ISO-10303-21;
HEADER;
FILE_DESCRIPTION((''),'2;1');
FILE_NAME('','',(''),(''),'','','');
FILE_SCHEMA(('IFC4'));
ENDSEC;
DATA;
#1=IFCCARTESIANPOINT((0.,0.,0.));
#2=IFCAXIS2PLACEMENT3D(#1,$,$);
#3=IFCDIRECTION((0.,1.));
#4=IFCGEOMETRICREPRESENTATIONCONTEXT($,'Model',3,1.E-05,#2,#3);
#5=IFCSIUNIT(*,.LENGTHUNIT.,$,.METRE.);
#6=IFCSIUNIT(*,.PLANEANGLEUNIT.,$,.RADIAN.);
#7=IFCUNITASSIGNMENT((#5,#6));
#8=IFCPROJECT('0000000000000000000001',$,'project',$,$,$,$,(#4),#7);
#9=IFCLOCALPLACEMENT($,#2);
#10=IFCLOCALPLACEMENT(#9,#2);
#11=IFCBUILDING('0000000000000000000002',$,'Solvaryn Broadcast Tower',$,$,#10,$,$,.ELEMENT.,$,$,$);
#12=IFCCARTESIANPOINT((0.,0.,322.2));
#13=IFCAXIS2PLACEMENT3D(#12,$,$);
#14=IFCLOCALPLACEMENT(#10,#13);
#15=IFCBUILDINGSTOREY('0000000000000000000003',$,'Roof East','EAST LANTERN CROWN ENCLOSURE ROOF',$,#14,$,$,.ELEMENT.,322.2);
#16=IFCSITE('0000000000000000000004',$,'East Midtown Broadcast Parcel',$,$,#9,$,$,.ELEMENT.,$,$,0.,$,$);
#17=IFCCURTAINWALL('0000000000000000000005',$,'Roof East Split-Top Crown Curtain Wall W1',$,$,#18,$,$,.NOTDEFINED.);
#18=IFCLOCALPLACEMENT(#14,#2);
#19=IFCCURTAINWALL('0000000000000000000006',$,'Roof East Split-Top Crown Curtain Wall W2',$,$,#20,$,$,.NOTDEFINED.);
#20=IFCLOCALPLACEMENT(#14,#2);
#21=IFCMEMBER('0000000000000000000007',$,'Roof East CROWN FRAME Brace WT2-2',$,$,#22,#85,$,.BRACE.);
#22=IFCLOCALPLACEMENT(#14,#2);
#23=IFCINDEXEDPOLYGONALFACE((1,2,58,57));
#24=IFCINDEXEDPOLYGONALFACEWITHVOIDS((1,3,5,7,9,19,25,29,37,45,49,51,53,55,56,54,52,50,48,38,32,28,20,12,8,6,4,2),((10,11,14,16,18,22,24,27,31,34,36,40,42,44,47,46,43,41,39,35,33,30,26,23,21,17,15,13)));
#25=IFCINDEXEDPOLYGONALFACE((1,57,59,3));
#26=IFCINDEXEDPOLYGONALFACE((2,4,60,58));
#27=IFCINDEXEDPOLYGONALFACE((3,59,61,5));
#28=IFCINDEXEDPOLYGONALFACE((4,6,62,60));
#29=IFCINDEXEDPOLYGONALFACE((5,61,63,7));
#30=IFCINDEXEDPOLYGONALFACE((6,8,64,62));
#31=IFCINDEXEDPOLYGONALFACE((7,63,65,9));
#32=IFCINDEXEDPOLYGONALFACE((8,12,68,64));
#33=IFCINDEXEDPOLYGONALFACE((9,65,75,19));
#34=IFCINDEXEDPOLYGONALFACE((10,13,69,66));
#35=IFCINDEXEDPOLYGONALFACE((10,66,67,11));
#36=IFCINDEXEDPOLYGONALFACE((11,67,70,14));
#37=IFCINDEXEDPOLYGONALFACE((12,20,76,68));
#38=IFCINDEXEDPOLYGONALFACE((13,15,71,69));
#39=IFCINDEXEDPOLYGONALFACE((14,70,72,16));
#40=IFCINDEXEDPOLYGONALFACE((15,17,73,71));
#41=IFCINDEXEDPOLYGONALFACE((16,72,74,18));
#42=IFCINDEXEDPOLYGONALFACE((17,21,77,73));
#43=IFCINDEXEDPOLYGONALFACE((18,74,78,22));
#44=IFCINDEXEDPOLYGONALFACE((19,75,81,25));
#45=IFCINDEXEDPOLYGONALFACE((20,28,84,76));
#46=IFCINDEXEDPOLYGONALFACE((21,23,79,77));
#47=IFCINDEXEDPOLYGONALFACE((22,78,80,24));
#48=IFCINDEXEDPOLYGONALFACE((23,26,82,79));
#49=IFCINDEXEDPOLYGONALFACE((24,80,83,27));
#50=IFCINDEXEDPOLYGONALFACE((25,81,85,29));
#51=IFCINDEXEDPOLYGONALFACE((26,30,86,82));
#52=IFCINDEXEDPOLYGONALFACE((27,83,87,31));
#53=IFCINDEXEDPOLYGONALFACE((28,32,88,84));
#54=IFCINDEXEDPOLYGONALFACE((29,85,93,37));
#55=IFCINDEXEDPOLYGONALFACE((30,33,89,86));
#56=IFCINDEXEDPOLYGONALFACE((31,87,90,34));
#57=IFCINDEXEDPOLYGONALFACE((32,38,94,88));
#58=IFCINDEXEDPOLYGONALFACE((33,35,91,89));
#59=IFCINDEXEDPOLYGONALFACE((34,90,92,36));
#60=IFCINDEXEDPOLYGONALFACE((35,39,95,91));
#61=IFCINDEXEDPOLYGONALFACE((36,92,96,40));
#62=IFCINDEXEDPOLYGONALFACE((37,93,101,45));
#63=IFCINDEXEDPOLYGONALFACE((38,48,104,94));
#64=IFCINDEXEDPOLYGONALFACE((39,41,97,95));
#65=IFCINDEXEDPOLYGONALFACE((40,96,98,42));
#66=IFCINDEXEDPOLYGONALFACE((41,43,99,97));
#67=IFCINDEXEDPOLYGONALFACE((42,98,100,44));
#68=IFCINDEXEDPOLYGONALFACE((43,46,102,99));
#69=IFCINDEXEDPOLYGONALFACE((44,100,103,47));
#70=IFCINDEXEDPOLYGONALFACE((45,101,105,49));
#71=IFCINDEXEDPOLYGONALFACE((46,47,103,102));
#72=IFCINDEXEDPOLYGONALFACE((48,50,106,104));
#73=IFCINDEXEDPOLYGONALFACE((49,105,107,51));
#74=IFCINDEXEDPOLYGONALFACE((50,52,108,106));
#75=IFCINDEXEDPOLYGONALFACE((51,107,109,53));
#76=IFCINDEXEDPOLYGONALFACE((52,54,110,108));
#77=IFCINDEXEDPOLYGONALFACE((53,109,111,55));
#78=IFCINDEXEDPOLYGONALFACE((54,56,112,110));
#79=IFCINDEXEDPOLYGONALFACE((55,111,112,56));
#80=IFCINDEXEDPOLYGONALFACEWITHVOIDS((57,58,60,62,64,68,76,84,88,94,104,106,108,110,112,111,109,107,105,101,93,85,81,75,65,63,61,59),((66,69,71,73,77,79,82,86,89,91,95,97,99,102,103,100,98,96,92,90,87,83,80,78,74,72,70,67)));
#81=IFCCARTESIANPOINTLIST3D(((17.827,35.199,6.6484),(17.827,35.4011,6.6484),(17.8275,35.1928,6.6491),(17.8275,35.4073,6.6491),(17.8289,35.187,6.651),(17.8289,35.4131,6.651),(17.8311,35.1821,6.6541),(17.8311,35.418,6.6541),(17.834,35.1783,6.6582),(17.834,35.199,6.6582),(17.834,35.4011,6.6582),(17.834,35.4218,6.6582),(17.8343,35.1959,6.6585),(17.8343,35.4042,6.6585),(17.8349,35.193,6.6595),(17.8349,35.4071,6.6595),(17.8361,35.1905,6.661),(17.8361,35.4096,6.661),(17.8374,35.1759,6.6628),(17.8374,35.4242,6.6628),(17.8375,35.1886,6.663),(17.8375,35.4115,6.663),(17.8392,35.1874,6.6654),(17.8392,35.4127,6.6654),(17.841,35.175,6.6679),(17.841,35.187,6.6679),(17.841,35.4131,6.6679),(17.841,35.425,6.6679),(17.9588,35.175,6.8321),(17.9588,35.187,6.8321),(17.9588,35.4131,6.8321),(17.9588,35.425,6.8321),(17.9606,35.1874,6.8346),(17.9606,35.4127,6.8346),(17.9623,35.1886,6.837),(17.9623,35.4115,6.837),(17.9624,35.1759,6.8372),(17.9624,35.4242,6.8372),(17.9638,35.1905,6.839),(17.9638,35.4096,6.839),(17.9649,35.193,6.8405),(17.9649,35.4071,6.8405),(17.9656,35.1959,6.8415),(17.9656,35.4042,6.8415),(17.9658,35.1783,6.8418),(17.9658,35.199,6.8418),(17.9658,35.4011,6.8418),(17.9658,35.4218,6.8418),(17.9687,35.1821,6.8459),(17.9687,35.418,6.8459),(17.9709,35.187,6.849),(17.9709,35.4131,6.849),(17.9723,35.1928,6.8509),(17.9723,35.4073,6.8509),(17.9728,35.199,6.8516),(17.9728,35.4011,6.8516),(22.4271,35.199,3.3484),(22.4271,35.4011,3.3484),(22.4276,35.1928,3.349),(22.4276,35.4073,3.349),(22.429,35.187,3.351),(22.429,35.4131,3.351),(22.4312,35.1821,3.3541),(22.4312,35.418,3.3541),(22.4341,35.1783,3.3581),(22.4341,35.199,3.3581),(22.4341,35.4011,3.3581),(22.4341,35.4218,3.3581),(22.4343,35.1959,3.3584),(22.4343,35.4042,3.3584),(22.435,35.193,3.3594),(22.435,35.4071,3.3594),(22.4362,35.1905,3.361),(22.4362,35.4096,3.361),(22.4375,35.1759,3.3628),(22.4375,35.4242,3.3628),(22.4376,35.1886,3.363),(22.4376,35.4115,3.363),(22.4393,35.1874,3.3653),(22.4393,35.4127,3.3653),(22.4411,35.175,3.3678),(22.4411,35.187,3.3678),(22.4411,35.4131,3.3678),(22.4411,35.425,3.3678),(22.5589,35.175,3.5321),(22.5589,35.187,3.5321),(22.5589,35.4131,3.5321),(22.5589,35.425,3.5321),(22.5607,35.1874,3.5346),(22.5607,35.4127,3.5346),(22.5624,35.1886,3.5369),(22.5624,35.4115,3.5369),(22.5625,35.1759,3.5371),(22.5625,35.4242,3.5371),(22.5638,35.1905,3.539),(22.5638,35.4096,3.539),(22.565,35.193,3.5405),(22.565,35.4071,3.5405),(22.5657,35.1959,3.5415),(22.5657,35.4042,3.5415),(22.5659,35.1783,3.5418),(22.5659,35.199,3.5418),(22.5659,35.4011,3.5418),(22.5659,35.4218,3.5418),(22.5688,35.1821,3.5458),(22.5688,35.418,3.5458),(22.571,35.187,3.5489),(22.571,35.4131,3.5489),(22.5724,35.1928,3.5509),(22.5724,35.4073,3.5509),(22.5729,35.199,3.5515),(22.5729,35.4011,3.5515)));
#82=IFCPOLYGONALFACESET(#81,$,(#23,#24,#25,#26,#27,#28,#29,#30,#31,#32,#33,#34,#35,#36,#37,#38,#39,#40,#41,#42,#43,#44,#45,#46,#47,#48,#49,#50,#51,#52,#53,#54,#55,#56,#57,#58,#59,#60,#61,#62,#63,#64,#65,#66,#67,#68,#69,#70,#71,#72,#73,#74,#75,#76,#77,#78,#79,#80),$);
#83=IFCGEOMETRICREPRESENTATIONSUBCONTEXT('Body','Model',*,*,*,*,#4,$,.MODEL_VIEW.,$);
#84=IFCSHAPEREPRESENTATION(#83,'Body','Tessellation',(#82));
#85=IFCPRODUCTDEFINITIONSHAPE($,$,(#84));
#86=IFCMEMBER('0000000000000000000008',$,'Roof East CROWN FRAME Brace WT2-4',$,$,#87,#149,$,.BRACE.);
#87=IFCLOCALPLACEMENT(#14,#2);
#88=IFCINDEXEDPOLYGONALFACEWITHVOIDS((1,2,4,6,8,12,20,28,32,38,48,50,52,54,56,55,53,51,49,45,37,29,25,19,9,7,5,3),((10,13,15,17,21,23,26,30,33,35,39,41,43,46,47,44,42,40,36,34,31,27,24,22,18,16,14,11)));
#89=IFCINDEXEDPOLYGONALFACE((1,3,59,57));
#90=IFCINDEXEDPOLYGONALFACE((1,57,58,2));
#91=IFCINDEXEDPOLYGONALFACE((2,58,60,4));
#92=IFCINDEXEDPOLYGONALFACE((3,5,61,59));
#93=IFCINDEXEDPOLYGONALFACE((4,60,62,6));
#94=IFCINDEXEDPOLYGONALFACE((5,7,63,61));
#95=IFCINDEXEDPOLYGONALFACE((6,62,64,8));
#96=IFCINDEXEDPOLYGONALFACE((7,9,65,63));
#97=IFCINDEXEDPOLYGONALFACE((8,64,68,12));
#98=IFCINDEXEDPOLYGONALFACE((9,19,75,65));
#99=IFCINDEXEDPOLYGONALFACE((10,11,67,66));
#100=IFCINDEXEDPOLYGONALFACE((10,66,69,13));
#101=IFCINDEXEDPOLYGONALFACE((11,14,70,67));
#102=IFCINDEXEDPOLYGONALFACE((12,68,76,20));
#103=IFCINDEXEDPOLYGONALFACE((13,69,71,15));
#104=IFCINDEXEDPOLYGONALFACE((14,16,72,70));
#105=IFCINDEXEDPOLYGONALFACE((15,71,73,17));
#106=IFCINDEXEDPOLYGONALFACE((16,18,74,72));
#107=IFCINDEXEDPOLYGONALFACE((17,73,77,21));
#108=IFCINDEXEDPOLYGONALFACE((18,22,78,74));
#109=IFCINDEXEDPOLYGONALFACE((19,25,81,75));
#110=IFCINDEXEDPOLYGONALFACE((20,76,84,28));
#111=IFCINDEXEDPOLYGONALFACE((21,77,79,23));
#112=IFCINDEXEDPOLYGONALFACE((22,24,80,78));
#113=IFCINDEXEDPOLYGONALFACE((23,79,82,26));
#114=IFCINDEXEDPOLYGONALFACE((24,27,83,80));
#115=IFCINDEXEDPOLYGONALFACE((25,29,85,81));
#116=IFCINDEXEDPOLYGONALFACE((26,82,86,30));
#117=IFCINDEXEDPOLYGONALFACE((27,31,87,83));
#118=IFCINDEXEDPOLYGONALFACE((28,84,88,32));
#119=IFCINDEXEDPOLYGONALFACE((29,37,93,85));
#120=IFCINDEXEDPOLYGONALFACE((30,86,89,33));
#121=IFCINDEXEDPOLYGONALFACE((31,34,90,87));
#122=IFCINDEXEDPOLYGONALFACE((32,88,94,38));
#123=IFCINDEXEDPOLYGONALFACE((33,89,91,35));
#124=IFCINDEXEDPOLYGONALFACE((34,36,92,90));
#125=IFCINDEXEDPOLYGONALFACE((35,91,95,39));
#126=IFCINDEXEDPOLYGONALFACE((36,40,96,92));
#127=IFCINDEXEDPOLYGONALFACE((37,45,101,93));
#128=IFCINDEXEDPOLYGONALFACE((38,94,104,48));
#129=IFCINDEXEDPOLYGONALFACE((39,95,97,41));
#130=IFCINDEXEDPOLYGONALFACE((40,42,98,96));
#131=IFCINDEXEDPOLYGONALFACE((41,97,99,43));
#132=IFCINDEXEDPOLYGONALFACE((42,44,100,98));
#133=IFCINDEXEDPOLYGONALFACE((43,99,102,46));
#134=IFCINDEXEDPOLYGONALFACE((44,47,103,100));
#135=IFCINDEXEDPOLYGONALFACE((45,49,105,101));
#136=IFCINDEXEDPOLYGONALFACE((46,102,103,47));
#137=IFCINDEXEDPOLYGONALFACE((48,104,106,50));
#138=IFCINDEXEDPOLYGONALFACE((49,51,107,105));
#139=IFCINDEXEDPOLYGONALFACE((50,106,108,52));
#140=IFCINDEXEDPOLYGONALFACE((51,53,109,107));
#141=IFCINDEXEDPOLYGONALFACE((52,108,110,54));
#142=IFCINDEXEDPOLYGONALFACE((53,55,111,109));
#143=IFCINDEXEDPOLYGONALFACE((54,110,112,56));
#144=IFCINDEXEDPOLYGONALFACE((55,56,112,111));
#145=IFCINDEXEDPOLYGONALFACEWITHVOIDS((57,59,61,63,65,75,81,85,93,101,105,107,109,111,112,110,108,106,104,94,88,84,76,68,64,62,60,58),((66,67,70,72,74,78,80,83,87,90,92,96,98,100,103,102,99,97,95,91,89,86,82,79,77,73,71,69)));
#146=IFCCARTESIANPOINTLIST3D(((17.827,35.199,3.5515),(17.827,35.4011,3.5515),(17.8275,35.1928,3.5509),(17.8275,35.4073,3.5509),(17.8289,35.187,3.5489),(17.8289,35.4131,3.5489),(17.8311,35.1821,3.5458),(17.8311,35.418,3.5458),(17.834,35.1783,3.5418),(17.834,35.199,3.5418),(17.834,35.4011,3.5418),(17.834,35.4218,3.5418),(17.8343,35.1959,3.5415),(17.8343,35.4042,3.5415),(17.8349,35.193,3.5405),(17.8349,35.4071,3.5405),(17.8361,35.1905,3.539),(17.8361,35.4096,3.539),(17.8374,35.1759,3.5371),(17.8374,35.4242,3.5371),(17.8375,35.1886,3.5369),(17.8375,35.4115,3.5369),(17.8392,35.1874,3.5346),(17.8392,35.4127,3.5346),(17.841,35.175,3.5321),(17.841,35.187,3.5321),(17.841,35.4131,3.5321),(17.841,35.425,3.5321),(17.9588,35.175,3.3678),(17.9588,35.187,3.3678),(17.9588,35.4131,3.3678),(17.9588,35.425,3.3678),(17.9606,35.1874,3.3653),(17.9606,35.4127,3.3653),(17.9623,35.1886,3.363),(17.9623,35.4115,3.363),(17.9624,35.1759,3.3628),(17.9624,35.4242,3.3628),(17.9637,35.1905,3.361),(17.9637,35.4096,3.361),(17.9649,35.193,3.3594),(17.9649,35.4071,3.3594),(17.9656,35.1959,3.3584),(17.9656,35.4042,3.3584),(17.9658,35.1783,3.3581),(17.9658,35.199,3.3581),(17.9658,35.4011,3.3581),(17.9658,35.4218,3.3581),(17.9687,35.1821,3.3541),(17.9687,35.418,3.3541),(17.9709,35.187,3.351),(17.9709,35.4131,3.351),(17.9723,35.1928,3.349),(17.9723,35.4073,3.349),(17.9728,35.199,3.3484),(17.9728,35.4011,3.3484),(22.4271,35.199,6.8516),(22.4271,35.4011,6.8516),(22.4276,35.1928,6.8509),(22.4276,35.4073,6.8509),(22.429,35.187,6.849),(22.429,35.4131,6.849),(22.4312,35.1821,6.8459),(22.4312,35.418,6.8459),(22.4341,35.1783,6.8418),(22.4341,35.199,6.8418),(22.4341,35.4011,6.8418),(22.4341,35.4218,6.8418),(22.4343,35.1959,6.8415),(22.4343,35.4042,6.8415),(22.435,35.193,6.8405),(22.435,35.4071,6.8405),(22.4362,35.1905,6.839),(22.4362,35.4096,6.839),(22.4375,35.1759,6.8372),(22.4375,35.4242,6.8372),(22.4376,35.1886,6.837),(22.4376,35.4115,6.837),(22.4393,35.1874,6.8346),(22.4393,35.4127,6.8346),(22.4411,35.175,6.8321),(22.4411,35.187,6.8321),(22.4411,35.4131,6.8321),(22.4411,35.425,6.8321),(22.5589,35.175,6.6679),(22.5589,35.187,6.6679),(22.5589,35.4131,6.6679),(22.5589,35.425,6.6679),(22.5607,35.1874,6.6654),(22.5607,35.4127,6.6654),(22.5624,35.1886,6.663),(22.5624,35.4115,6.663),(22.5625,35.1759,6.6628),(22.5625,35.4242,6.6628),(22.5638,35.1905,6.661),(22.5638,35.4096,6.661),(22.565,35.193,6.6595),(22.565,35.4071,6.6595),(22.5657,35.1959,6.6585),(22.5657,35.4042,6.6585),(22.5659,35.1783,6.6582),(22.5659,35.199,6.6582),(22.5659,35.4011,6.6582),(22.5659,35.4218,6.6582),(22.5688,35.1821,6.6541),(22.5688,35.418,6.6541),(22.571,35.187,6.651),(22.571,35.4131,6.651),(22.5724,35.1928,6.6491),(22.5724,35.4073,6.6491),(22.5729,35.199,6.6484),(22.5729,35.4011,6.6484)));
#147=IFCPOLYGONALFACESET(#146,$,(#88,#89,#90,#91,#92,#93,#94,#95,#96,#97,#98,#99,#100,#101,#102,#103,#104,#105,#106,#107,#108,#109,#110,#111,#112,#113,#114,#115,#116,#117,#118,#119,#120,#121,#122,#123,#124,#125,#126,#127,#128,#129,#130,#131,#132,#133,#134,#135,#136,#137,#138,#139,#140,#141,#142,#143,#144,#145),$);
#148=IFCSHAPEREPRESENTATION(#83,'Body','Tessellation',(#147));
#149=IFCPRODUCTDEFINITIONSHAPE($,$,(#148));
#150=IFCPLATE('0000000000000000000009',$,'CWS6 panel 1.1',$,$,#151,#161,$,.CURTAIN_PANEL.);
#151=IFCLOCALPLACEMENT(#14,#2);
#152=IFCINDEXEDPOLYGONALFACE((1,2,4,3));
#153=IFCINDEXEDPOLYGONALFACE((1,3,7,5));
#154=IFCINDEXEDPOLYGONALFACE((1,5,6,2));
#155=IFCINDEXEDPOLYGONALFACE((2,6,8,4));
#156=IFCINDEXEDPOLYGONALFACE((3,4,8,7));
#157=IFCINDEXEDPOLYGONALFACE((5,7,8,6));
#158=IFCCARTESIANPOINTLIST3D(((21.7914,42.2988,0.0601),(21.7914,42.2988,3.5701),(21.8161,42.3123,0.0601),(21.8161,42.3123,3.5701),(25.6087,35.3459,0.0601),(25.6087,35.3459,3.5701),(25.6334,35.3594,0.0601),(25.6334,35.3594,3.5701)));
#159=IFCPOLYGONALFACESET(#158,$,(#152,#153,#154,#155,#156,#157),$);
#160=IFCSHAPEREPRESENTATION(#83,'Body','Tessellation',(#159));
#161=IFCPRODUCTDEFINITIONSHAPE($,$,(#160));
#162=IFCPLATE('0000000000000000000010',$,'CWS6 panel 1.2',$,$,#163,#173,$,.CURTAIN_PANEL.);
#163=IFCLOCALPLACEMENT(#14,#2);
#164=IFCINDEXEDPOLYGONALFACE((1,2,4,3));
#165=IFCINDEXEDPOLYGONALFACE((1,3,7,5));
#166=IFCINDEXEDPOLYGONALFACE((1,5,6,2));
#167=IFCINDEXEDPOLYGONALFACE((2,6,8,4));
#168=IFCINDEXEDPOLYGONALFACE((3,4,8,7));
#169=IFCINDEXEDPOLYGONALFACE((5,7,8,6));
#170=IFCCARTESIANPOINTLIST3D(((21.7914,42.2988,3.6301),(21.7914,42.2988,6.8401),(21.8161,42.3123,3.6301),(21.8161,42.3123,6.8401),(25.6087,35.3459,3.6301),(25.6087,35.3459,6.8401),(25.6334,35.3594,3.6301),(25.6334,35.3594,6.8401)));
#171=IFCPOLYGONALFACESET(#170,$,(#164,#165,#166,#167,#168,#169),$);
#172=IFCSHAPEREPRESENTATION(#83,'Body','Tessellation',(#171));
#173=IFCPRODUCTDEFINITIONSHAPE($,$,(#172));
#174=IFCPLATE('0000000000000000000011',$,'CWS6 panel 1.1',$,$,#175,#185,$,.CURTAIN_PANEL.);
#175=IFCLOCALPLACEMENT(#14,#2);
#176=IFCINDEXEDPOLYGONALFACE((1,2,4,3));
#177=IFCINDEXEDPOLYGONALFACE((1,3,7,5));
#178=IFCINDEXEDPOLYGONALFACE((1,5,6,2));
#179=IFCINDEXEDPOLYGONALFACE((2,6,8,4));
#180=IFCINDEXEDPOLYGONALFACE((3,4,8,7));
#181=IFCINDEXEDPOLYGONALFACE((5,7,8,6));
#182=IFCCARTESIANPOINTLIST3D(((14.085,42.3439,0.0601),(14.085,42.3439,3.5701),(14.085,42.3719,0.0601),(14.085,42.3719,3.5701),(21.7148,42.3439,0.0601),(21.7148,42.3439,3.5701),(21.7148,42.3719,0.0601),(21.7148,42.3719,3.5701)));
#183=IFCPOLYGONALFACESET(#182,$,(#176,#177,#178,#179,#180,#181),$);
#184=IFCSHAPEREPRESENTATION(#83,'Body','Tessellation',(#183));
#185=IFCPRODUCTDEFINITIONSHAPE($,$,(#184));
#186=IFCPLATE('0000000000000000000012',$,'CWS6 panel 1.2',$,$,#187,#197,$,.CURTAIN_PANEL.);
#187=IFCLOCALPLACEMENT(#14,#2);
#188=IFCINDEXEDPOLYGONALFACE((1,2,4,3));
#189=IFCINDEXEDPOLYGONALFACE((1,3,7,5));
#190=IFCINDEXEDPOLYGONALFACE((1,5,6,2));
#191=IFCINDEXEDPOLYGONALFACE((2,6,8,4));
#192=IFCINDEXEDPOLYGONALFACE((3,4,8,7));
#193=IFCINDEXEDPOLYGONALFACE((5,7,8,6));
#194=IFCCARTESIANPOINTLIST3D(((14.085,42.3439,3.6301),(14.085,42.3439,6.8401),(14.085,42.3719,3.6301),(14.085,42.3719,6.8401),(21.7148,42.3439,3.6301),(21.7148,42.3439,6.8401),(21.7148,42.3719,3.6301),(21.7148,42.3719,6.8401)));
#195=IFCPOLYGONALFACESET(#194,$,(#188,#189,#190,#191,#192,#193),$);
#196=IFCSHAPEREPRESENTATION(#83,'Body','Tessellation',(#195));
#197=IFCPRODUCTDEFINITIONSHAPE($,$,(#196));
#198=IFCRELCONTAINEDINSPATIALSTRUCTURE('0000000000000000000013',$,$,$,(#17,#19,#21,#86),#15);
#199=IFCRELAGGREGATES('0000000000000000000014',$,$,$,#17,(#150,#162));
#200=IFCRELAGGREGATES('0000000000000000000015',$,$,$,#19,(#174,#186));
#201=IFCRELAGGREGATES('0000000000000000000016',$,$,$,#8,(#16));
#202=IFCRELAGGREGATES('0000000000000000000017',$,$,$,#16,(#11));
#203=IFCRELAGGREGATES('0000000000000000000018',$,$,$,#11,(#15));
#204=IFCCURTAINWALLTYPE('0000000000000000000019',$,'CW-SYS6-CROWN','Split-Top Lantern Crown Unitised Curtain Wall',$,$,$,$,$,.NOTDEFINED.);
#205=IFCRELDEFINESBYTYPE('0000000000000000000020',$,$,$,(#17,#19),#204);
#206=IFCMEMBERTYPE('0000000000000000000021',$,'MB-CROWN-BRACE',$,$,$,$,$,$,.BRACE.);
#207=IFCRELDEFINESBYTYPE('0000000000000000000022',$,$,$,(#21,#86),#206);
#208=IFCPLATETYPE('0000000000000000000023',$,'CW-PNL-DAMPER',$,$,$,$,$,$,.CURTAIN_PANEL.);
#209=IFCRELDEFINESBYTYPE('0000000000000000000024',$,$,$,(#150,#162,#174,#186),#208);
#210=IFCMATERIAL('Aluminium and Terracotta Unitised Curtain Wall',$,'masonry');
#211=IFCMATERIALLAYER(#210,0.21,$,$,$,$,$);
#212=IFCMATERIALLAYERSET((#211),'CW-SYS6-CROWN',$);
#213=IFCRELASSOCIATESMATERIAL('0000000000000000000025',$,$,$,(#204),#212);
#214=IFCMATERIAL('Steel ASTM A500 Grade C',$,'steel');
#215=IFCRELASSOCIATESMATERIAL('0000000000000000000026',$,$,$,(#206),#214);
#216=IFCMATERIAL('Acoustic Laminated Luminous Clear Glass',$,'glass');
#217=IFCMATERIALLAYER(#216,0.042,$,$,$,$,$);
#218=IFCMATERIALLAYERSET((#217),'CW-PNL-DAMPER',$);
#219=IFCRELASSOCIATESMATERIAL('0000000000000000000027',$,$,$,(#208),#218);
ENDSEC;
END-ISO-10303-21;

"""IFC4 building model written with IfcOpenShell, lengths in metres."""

from ifc_helpers import new_model, si_unit, direction, frame, origin, origin_2d, place, context, subcontext, project, spatial, rectangle, hollow_rectangle, extrude, material, layer, layer_set, material_profile, profile_set, type_object, element, aggregate, save


model = new_model("IFC4")

# Units and contexts
model_context = context("Model", 3, precision=1e-05, world=origin(), true_north=direction((0.0, 1.0)))
body_context = subcontext(model_context, "Body", "Model", "MODEL_VIEW")
ifc_project = project(units=[si_unit("LENGTHUNIT", "METRE"), si_unit("PLANEANGLEUNIT", "RADIAN")], contexts=[model_context])

# Site, building, storey
site_placement = place(None, origin())
site = spatial("IfcSite", under=ifc_project, at=site_placement, Name="East Midtown Broadcast Parcel", CompositionType="ELEMENT", RefElevation=0.0)
building_placement = place(site_placement, origin())
building = spatial("IfcBuilding", under=site, at=building_placement, Name="Solvaryn Broadcast Tower", CompositionType="ELEMENT")
storey_placement = place(building_placement, frame((0.0, 0.0, 322.2)))
storey = spatial("IfcBuildingStorey", under=building, at=storey_placement, Name="Roof East", Description="EAST LANTERN CROWN ENCLOSURE ROOF", CompositionType="ELEMENT", Elevation=322.2)

# Curtain wall
ifc_material_1 = material(Name="Aluminium and Terracotta Unitised Curtain Wall", Category="masonry")
ifc_layer_1 = layer(ifc_material_1, 0.21)
ifc_layer_set_1 = layer_set([ifc_layer_1], Name="CW-SYS6-CROWN")
curtain_wall_type = type_object("IfcCurtainWallType", Name="CW-SYS6-CROWN", Description="Split-Top Lantern Crown Unitised Curtain Wall", PredefinedType="NOTDEFINED", material=ifc_layer_set_1)
curtain_wall_1_placement = place(storey_placement, origin())
curtain_wall_1 = element("IfcCurtainWall", 1, at=curtain_wall_1_placement, inside=storey, type_object=curtain_wall_type, Name="Roof East Split-Top Crown Curtain Wall W1", PredefinedType="NOTDEFINED")

# Curtain wall
curtain_wall_2_placement = place(storey_placement, origin())
curtain_wall_2 = element("IfcCurtainWall", 2, at=curtain_wall_2_placement, inside=storey, type_object=curtain_wall_type, Name="Roof East Split-Top Crown Curtain Wall W2", PredefinedType="NOTDEFINED")

# Members
ifc_material_2 = material(Name="Steel ASTM A500 Grade C", Category="steel")
ifc_material_profile_1 = material_profile(ifc_material_2, hollow_rectangle(XDim=0.25, YDim=0.25, WallThickness=0.012, InnerFilletRadius=0.012, OuterFilletRadius=0.0239, at=origin_2d()))
ifc_profile_set_1 = profile_set([ifc_material_profile_1], Name="Steel ASTM A500 Grade C")
member_type_1 = type_object("IfcMemberType", Name="MB-CROWN-BRACE", PredefinedType="BRACE", material=ifc_profile_set_1)
for number, where, z_axis, x_axis, name in (
    (3, (22.5, 35.3, 3.45), (-0.81254, 0.0, 0.582905), (0.0, -1.0, 0.0), "Roof East CROWN FRAME Brace WT2-2"),
    (4, (17.8999, 35.3, 3.45), (0.81254, 0.0, 0.582905), (0.0, 1.0, 0.0), "Roof East CROWN FRAME Brace WT2-4"),
):
    element("IfcMember", number, at=place(storey_placement, frame(where, z_axis=z_axis, x_axis=x_axis)), inside=storey, type_object=member_type_1, Name=name, PredefinedType="BRACE", context=body_context, shape_type="SweptSolid", body=[
        extrude(hollow_rectangle(XDim=0.25, YDim=0.25, WallThickness=0.012, InnerFilletRadius=0.012, OuterFilletRadius=0.0239, at=origin_2d()), origin(), (0.0, 0.0, 1.0), 5.6614),
    ])

# Plates
ifc_material_3 = material(Name="Acoustic Laminated Luminous Clear Glass", Category="glass")
ifc_layer_2 = layer(ifc_material_3, 0.042)
ifc_layer_set_2 = layer_set([ifc_layer_2], Name="CW-PNL-DAMPER")
plate_type_1 = type_object("IfcPlateType", Name="CW-PNL-DAMPER", PredefinedType="CURTAIN_PANEL", material=ifc_layer_set_2)
plate_1_placement = place(storey_placement, frame((23.7124, 38.8291, 0.0601), z_axis=(0.0, 0.0, 1.0), x_axis=(-0.481261, 0.876578, 0.0)))
plate_1 = element("IfcPlate", 5, at=plate_1_placement, type_object=plate_type_1, Name="CWS6 panel 1.1", PredefinedType="CURTAIN_PANEL", context=body_context, shape_type="SweptSolid", body=[
    extrude(rectangle(XDim=7.9319, YDim=0.0281, at=origin_2d()), origin(), (0.0, 0.0, 1.0), 3.51),
])
plate_2_placement = place(storey_placement, frame((23.7124, 38.8291, 3.6301), z_axis=(0.0, 0.0, 1.0), x_axis=(-0.481261, 0.876578, 0.0)))
plate_2 = element("IfcPlate", 6, at=plate_2_placement, type_object=plate_type_1, Name="CWS6 panel 1.2", PredefinedType="CURTAIN_PANEL", context=body_context, shape_type="SweptSolid", body=[
    extrude(rectangle(XDim=7.9319, YDim=0.0281, at=origin_2d()), origin(), (0.0, 0.0, 1.0), 3.21),
])
aggregate(curtain_wall_1, [plate_1, plate_2])
plate_3_placement = place(storey_placement, frame((17.8999, 42.3579, 0.0601), z_axis=(0.0, 0.0, 1.0), x_axis=(-1.0, 0.0, 0.0)))
plate_3 = element("IfcPlate", 7, at=plate_3_placement, type_object=plate_type_1, Name="CWS6 panel 1.1", PredefinedType="CURTAIN_PANEL", context=body_context, shape_type="SweptSolid", body=[
    extrude(rectangle(XDim=7.6299, YDim=0.0281, at=origin_2d()), origin(), (0.0, 0.0, 1.0), 3.51),
])
plate_4_placement = place(storey_placement, frame((17.8999, 42.3579, 3.6301), z_axis=(0.0, 0.0, 1.0), x_axis=(-1.0, 0.0, 0.0)))
plate_4 = element("IfcPlate", 8, at=plate_4_placement, type_object=plate_type_1, Name="CWS6 panel 1.2", PredefinedType="CURTAIN_PANEL", context=body_context, shape_type="SweptSolid", body=[
    extrude(rectangle(XDim=7.6299, YDim=0.0281, at=origin_2d()), origin(), (0.0, 0.0, 1.0), 3.21),
])
aggregate(curtain_wall_2, [plate_3, plate_4])

save(model, "model.ifc")
